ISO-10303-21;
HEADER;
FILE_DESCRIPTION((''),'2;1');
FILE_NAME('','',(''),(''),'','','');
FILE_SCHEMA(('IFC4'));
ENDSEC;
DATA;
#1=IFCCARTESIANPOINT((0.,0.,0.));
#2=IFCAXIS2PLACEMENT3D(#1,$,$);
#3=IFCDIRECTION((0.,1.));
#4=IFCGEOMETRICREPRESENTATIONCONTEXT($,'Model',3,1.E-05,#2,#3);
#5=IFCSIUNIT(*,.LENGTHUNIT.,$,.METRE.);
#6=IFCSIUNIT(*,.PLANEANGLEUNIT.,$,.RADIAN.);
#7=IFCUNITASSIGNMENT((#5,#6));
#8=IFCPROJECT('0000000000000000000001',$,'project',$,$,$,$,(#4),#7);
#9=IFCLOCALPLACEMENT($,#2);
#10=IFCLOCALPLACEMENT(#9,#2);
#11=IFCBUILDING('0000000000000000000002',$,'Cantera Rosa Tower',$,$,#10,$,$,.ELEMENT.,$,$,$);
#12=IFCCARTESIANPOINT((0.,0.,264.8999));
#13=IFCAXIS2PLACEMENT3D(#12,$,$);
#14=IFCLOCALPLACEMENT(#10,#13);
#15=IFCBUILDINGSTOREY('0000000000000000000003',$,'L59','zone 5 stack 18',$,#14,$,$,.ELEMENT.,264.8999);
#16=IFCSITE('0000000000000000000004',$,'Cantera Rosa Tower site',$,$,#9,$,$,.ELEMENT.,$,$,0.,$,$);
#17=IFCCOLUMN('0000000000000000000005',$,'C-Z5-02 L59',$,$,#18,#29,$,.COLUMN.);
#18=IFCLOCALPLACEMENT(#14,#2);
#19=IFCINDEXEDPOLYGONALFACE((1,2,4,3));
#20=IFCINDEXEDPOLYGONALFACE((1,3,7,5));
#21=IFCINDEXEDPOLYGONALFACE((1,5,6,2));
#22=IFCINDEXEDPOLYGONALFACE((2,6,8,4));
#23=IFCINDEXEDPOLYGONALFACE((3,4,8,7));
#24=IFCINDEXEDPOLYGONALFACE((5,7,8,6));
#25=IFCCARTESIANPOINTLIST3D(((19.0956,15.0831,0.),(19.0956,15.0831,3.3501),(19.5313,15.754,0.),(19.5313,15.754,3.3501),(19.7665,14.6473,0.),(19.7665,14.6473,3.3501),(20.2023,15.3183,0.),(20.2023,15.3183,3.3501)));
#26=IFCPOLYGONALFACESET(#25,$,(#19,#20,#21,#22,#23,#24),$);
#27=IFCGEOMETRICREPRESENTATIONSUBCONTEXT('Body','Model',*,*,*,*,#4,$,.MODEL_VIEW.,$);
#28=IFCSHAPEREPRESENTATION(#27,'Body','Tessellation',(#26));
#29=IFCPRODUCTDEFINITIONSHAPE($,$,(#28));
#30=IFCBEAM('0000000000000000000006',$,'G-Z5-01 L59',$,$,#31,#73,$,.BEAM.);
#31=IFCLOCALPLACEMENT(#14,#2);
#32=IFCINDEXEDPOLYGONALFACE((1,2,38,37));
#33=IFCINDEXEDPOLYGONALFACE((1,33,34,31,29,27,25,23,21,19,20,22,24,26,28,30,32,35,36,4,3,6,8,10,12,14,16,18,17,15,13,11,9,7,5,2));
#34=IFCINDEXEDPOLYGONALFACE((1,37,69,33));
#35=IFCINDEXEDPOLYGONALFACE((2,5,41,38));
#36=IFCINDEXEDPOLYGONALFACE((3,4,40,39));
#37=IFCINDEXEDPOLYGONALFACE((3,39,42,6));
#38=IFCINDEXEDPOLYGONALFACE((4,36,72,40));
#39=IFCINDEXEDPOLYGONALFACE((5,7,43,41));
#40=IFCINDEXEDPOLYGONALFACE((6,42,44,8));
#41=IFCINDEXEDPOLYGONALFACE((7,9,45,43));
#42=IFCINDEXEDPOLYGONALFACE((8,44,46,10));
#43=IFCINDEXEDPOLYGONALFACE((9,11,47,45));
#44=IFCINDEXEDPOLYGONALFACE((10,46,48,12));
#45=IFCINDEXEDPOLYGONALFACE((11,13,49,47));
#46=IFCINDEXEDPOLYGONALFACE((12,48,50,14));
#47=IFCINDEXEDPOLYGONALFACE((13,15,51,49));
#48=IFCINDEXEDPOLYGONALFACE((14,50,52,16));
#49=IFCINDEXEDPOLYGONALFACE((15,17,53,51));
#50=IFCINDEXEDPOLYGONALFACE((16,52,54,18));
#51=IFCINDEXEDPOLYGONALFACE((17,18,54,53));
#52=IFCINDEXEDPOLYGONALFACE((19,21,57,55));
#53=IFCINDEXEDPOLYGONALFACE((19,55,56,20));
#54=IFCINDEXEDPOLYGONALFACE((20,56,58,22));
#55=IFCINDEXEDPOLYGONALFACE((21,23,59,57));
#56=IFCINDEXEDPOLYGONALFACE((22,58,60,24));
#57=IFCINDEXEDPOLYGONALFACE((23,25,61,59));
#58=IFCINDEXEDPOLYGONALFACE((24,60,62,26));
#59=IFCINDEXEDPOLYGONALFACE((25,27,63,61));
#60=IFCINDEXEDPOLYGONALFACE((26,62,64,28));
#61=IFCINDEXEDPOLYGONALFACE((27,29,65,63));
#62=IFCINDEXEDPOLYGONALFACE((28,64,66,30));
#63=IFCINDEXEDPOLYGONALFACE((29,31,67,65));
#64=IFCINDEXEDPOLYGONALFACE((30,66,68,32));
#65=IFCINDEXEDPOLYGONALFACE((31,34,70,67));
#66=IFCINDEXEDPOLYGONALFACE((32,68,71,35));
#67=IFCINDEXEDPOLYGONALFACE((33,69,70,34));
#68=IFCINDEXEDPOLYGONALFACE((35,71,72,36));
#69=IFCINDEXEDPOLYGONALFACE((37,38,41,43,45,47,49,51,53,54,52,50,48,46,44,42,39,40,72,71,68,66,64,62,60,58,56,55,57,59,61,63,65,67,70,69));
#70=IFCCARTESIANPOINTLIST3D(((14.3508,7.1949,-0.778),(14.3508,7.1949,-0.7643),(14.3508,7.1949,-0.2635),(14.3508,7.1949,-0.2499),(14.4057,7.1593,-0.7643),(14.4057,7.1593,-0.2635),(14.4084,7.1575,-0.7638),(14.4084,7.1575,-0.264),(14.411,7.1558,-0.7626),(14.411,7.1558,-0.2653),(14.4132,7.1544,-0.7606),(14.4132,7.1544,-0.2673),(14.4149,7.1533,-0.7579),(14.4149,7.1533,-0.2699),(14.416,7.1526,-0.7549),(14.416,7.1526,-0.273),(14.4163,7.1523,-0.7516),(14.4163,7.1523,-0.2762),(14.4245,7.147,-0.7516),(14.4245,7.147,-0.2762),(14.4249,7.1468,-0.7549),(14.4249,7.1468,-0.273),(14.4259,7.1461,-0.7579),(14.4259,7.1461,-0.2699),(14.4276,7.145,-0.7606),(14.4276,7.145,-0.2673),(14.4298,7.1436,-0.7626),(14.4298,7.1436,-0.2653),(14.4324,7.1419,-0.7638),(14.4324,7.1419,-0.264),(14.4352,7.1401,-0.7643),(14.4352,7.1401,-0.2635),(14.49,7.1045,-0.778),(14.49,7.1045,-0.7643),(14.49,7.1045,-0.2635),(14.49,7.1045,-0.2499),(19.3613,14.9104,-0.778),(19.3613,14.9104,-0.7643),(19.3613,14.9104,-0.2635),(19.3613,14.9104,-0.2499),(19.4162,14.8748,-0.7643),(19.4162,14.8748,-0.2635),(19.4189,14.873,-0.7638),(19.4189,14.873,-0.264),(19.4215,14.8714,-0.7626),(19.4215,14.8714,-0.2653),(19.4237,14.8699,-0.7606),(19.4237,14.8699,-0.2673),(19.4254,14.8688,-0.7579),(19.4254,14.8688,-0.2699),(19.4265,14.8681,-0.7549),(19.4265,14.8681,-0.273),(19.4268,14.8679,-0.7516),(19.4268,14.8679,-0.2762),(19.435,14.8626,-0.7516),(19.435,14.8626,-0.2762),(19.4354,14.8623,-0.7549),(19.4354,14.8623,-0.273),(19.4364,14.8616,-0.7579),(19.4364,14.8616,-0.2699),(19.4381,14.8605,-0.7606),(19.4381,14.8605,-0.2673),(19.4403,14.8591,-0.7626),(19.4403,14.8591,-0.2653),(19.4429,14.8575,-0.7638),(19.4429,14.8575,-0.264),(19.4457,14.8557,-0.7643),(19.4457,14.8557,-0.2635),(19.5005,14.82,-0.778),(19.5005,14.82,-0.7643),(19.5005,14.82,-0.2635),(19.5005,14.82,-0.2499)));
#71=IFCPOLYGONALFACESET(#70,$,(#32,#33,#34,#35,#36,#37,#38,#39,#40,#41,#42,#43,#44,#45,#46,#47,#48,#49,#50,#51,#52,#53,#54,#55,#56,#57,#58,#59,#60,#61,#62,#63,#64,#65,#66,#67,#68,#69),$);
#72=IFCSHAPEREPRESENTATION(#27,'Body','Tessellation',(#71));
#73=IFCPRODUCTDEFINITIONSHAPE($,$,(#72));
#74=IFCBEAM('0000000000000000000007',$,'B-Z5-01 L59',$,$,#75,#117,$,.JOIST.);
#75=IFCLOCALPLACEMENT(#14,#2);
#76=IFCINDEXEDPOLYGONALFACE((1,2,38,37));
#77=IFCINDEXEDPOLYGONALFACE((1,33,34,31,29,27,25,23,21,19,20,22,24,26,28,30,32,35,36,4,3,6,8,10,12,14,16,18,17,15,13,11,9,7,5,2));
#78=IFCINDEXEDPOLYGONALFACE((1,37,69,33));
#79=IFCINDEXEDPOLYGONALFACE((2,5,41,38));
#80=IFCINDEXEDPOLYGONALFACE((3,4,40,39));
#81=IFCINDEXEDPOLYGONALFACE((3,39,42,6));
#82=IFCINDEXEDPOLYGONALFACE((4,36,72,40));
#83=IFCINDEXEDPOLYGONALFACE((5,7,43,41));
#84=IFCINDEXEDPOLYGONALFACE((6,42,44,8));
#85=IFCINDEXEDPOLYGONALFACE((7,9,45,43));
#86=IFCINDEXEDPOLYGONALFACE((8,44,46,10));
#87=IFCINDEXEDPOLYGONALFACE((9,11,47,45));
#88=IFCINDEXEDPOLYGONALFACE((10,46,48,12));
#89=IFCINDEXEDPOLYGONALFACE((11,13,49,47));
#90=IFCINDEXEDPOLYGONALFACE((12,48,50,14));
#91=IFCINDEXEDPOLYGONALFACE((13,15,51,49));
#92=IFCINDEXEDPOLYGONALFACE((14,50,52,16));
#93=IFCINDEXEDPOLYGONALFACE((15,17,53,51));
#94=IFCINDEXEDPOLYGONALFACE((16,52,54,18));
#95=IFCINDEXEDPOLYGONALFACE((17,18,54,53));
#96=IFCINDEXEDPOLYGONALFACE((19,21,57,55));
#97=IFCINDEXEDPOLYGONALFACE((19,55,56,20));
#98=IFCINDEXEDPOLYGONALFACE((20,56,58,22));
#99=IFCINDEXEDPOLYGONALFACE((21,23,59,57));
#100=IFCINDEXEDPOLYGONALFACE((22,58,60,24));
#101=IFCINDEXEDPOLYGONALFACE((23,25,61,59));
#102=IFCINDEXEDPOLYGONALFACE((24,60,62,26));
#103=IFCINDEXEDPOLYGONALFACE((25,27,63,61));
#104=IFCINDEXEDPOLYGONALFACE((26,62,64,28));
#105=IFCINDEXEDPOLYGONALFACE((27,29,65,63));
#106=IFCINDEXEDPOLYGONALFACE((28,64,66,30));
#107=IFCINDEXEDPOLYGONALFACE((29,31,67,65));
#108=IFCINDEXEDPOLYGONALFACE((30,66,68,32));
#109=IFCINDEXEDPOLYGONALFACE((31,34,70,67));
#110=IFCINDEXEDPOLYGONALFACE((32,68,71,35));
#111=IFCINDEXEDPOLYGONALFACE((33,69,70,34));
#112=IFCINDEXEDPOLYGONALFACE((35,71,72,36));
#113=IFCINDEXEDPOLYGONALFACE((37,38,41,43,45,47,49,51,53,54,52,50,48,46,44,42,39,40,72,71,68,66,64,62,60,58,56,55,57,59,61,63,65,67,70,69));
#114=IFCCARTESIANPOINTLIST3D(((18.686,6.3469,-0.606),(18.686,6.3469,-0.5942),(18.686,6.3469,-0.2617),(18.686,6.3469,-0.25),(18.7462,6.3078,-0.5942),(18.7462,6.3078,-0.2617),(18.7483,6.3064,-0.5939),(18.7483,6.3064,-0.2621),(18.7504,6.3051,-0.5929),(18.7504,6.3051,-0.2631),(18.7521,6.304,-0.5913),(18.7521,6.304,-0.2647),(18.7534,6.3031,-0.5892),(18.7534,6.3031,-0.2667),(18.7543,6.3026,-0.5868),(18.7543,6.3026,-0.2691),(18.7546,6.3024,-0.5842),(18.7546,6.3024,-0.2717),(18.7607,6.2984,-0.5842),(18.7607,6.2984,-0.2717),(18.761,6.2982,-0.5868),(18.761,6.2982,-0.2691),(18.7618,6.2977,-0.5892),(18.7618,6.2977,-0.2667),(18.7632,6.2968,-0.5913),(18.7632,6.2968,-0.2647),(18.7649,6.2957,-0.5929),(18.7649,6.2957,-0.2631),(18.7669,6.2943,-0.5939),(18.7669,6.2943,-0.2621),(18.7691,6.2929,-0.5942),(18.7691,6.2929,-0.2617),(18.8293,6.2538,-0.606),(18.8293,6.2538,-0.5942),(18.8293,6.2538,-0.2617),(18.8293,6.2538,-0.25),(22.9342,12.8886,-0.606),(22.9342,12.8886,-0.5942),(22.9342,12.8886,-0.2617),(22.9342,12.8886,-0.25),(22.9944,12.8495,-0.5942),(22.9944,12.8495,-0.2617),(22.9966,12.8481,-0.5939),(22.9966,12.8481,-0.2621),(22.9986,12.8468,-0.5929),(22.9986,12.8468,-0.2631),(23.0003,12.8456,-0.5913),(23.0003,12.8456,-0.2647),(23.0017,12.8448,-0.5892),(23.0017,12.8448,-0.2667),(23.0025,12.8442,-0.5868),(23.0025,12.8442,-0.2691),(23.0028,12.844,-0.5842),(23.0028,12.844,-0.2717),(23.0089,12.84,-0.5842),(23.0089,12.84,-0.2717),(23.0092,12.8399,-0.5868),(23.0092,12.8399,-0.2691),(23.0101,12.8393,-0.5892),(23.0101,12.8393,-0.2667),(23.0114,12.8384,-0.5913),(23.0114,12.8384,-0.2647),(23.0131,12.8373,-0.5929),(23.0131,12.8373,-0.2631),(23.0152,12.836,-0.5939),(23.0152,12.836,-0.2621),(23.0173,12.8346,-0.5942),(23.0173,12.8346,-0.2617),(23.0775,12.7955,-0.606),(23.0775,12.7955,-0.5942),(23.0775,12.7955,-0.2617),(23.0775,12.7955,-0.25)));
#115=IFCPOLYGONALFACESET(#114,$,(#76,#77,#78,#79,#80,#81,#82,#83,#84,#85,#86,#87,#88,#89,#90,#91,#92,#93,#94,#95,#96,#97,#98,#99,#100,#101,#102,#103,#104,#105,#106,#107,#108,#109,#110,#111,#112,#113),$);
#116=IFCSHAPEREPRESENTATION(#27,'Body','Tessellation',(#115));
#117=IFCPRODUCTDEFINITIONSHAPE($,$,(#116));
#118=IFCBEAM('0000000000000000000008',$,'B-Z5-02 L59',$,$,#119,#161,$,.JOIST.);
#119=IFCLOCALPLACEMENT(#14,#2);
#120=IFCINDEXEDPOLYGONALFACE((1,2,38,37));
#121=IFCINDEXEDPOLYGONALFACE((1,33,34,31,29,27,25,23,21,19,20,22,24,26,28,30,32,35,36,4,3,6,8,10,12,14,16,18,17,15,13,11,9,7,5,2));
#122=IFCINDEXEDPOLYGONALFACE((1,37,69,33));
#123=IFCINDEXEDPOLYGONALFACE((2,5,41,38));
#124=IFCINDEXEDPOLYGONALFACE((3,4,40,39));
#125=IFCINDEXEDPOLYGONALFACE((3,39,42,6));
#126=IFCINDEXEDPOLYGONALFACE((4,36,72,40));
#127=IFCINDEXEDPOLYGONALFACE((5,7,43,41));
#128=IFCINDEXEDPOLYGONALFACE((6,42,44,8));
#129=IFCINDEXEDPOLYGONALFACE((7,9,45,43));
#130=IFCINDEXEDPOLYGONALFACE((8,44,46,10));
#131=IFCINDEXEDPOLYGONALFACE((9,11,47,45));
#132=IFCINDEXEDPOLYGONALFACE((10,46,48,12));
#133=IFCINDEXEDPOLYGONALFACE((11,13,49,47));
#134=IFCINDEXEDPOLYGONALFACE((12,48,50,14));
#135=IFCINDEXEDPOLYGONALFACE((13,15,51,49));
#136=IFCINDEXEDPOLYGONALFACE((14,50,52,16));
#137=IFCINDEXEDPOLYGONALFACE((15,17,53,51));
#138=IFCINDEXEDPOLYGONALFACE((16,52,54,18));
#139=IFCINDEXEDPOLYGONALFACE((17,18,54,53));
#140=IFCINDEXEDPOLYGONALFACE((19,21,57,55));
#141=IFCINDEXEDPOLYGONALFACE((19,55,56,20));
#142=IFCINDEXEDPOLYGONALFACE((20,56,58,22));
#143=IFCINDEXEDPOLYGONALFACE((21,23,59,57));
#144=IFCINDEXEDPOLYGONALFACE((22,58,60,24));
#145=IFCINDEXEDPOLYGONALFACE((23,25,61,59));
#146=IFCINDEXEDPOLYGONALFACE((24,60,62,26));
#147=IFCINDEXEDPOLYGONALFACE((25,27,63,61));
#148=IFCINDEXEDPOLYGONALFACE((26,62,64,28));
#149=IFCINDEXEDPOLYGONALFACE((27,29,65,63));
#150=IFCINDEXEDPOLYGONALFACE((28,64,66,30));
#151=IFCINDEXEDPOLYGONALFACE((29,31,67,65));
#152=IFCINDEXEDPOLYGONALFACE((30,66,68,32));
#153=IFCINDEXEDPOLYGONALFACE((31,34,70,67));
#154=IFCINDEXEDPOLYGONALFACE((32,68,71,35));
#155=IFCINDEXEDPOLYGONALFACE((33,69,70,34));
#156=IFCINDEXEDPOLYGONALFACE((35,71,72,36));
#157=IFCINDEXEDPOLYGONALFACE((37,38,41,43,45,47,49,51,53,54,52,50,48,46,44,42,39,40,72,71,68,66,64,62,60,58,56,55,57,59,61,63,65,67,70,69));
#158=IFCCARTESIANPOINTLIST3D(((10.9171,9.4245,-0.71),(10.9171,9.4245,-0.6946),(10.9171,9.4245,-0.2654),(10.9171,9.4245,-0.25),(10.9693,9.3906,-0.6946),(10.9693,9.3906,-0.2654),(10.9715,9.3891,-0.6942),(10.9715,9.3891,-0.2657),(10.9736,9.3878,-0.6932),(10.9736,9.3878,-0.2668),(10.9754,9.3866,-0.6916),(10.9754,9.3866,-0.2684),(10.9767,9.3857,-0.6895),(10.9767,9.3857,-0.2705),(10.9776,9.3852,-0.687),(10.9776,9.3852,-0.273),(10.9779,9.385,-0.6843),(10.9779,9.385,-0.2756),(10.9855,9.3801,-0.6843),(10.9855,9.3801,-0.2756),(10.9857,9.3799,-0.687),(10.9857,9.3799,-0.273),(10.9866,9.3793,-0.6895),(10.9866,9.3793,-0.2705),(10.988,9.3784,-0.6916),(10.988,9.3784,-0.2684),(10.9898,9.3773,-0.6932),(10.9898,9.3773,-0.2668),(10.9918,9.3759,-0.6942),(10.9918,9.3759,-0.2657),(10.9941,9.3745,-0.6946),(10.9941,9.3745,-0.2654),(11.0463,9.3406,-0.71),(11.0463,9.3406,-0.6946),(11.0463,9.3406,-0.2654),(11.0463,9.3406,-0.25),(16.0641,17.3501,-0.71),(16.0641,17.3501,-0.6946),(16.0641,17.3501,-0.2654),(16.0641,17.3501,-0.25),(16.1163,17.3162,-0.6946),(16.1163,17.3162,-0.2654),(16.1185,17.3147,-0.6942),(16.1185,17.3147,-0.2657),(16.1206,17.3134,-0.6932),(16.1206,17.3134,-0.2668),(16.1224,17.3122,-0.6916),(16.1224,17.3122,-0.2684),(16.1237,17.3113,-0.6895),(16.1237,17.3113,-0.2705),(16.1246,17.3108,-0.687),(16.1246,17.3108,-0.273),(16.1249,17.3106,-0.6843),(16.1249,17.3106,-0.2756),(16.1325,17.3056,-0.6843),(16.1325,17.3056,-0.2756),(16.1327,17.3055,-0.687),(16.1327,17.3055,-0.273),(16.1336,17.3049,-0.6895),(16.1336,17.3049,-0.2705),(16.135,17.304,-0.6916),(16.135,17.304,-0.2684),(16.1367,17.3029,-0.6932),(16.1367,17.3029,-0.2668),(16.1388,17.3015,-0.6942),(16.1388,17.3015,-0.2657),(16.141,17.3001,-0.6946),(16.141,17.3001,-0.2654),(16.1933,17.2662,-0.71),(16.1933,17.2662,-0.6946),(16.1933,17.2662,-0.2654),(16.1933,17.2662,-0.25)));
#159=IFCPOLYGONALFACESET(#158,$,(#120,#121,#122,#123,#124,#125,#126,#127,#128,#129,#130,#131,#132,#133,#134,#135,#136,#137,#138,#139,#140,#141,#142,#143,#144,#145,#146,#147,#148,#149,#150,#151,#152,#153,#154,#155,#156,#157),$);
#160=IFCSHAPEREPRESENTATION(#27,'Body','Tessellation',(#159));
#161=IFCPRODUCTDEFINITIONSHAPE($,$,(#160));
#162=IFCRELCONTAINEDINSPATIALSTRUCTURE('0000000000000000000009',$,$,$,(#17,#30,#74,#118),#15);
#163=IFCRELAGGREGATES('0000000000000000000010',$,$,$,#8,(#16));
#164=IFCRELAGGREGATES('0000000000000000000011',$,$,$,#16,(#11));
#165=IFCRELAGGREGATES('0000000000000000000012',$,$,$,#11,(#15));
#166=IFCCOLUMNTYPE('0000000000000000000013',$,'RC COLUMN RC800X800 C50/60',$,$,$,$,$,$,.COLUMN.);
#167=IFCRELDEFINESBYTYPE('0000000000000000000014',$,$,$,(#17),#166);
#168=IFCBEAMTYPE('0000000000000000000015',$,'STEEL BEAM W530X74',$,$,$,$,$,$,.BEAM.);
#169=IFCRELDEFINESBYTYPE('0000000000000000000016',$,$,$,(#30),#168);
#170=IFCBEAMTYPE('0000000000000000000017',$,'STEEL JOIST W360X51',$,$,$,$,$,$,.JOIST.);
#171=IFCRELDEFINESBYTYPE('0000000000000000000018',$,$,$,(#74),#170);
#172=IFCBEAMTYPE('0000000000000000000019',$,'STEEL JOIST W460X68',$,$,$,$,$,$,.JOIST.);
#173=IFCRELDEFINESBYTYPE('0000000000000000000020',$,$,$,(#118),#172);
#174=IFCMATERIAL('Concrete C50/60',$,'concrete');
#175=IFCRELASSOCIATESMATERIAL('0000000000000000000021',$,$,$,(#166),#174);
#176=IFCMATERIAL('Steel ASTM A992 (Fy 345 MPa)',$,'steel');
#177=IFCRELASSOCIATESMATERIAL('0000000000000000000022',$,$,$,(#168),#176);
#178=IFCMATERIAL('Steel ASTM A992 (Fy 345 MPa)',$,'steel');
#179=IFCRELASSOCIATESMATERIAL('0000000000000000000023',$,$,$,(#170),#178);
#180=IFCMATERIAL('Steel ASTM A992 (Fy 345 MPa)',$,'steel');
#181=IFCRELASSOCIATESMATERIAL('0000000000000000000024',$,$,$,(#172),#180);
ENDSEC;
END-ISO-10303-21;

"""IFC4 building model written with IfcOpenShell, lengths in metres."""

from ifc_helpers import new_model, si_unit, direction, frame, origin, origin_2d, place, context, subcontext, project, spatial, rectangle, i_section, extrude, material, material_profile, profile_set, type_object, element, save


model = new_model("IFC4")

# Units and contexts
model_context = context("Model", 3, precision=1e-05, world=origin(), true_north=direction((0.0, 1.0)))
body_context = subcontext(model_context, "Body", "Model", "MODEL_VIEW")
ifc_project = project(units=[si_unit("LENGTHUNIT", "METRE"), si_unit("PLANEANGLEUNIT", "RADIAN")], contexts=[model_context])

# Site, building, storey
site_placement = place(None, origin())
site = spatial("IfcSite", under=ifc_project, at=site_placement, Name="Cantera Rosa Tower site", CompositionType="ELEMENT", RefElevation=0.0)
building_placement = place(site_placement, origin())
building = spatial("IfcBuilding", under=site, at=building_placement, Name="Cantera Rosa Tower", CompositionType="ELEMENT")
storey_placement = place(building_placement, frame((0.0, 0.0, 264.8999)))
storey = spatial("IfcBuildingStorey", under=building, at=storey_placement, Name="L59", Description="zone 5 stack 18", CompositionType="ELEMENT", Elevation=264.8999)

# Column
ifc_material_1 = material(Name="Concrete C50/60", Category="concrete")
ifc_material_profile_1 = material_profile(ifc_material_1, rectangle(XDim=0.8, YDim=0.8, at=origin_2d()), Name="RC COLUMN RC800X800 C50/60")
ifc_profile_set_1 = profile_set([ifc_material_profile_1], Name="Concrete C50/60")
column_type = type_object("IfcColumnType", Name="RC COLUMN RC800X800 C50/60", PredefinedType="COLUMN", material=ifc_profile_set_1)
column_placement = place(storey_placement, frame((19.6489, 15.2007, 0.0), z_axis=(0.0, 0.0, 1.0), x_axis=(0.544639, 0.838671, 0.0)))
element("IfcColumn", 1, at=column_placement, inside=storey, type_object=column_type, Name="C-Z5-02 L59", PredefinedType="COLUMN", context=body_context, shape_type="SweptSolid", body=[
    extrude(rectangle(XDim=0.8, YDim=0.8, at=origin_2d()), origin(), (0.0, 0.0, 1.0), 3.3501),
])

# Beams
ifc_material_2 = material(Name="Steel ASTM A992 (Fy 345 MPa)", Category="steel")
ifc_material_profile_2 = material_profile(ifc_material_2, i_section(OverallWidth=0.166, OverallDepth=0.5281, WebThickness=0.0098, FlangeThickness=0.0137, FilletRadius=0.0127, at=origin_2d()), Name="W530X74")
ifc_profile_set_2 = profile_set([ifc_material_profile_2], Name="Steel ASTM A992 (Fy 345 MPa)")
beam_type_1 = type_object("IfcBeamType", Name="STEEL BEAM W530X74", PredefinedType="BEAM", material=ifc_profile_set_2)
beam_1_placement = place(storey_placement, frame((19.4309, 14.8652, -0.5139), z_axis=(-0.544635, -0.838673, 0.0), x_axis=(0.838673, -0.544635, 0.0)))
element("IfcBeam", 2, at=beam_1_placement, inside=storey, type_object=beam_type_1, Name="G-Z5-01 L59", PredefinedType="BEAM", context=body_context, shape_type="SweptSolid", body=[
    extrude(i_section(OverallWidth=0.166, OverallDepth=0.5281, WebThickness=0.0098, FlangeThickness=0.0137, FilletRadius=0.0127, at=origin_2d()), origin(), (0.0, 0.0, 1.0), 9.1997),
])
ifc_material_3 = material(Name="Steel ASTM A992 (Fy 345 MPa)", Category="steel")
ifc_material_profile_3 = material_profile(ifc_material_3, i_section(OverallWidth=0.1709, OverallDepth=0.356, WebThickness=0.0073, FlangeThickness=0.0117, FilletRadius=0.01, at=origin_2d()), Name="W360X51")
ifc_profile_set_3 = profile_set([ifc_material_profile_3], Name="Steel ASTM A992 (Fy 345 MPa)")
beam_type_2 = type_object("IfcBeamType", Name="STEEL JOIST W360X51", PredefinedType="JOIST", material=ifc_profile_set_3)
beam_2_placement = place(storey_placement, frame((23.0059, 12.842, -0.428), z_axis=(-0.544642, -0.838669, 0.0), x_axis=(0.838669, -0.544642, 0.0)))
element("IfcBeam", 3, at=beam_2_placement, inside=storey, type_object=beam_type_2, Name="B-Z5-01 L59", PredefinedType="JOIST", context=body_context, shape_type="SweptSolid", body=[
    extrude(i_section(OverallWidth=0.1709, OverallDepth=0.356, WebThickness=0.0073, FlangeThickness=0.0117, FilletRadius=0.01, at=origin_2d()), origin(), (0.0, 0.0, 1.0), 7.8),
])
ifc_material_4 = material(Name="Steel ASTM A992 (Fy 345 MPa)", Category="steel")
ifc_material_profile_4 = material_profile(ifc_material_4, i_section(OverallWidth=0.1541, OverallDepth=0.46, WebThickness=0.009, FlangeThickness=0.0154, FilletRadius=0.0103, at=origin_2d()), Name="W460X68")
ifc_profile_set_4 = profile_set([ifc_material_profile_4], Name="Steel ASTM A992 (Fy 345 MPa)")
beam_type_3 = type_object("IfcBeamType", Name="STEEL JOIST W460X68", PredefinedType="JOIST", material=ifc_profile_set_4)
beam_3_placement = place(storey_placement, frame((16.1287, 17.3081, -0.48), z_axis=(-0.544644, -0.838667, 0.0), x_axis=(0.838667, -0.544644, 0.0)))
element("IfcBeam", 4, at=beam_3_placement, inside=storey, type_object=beam_type_3, Name="B-Z5-02 L59", PredefinedType="JOIST", context=body_context, shape_type="SweptSolid", body=[
    extrude(i_section(OverallWidth=0.1541, OverallDepth=0.46, WebThickness=0.009, FlangeThickness=0.0154, FilletRadius=0.0103, at=origin_2d()), origin(), (0.0, 0.0, 1.0), 9.4502),
])

save(model, "model.ifc")
